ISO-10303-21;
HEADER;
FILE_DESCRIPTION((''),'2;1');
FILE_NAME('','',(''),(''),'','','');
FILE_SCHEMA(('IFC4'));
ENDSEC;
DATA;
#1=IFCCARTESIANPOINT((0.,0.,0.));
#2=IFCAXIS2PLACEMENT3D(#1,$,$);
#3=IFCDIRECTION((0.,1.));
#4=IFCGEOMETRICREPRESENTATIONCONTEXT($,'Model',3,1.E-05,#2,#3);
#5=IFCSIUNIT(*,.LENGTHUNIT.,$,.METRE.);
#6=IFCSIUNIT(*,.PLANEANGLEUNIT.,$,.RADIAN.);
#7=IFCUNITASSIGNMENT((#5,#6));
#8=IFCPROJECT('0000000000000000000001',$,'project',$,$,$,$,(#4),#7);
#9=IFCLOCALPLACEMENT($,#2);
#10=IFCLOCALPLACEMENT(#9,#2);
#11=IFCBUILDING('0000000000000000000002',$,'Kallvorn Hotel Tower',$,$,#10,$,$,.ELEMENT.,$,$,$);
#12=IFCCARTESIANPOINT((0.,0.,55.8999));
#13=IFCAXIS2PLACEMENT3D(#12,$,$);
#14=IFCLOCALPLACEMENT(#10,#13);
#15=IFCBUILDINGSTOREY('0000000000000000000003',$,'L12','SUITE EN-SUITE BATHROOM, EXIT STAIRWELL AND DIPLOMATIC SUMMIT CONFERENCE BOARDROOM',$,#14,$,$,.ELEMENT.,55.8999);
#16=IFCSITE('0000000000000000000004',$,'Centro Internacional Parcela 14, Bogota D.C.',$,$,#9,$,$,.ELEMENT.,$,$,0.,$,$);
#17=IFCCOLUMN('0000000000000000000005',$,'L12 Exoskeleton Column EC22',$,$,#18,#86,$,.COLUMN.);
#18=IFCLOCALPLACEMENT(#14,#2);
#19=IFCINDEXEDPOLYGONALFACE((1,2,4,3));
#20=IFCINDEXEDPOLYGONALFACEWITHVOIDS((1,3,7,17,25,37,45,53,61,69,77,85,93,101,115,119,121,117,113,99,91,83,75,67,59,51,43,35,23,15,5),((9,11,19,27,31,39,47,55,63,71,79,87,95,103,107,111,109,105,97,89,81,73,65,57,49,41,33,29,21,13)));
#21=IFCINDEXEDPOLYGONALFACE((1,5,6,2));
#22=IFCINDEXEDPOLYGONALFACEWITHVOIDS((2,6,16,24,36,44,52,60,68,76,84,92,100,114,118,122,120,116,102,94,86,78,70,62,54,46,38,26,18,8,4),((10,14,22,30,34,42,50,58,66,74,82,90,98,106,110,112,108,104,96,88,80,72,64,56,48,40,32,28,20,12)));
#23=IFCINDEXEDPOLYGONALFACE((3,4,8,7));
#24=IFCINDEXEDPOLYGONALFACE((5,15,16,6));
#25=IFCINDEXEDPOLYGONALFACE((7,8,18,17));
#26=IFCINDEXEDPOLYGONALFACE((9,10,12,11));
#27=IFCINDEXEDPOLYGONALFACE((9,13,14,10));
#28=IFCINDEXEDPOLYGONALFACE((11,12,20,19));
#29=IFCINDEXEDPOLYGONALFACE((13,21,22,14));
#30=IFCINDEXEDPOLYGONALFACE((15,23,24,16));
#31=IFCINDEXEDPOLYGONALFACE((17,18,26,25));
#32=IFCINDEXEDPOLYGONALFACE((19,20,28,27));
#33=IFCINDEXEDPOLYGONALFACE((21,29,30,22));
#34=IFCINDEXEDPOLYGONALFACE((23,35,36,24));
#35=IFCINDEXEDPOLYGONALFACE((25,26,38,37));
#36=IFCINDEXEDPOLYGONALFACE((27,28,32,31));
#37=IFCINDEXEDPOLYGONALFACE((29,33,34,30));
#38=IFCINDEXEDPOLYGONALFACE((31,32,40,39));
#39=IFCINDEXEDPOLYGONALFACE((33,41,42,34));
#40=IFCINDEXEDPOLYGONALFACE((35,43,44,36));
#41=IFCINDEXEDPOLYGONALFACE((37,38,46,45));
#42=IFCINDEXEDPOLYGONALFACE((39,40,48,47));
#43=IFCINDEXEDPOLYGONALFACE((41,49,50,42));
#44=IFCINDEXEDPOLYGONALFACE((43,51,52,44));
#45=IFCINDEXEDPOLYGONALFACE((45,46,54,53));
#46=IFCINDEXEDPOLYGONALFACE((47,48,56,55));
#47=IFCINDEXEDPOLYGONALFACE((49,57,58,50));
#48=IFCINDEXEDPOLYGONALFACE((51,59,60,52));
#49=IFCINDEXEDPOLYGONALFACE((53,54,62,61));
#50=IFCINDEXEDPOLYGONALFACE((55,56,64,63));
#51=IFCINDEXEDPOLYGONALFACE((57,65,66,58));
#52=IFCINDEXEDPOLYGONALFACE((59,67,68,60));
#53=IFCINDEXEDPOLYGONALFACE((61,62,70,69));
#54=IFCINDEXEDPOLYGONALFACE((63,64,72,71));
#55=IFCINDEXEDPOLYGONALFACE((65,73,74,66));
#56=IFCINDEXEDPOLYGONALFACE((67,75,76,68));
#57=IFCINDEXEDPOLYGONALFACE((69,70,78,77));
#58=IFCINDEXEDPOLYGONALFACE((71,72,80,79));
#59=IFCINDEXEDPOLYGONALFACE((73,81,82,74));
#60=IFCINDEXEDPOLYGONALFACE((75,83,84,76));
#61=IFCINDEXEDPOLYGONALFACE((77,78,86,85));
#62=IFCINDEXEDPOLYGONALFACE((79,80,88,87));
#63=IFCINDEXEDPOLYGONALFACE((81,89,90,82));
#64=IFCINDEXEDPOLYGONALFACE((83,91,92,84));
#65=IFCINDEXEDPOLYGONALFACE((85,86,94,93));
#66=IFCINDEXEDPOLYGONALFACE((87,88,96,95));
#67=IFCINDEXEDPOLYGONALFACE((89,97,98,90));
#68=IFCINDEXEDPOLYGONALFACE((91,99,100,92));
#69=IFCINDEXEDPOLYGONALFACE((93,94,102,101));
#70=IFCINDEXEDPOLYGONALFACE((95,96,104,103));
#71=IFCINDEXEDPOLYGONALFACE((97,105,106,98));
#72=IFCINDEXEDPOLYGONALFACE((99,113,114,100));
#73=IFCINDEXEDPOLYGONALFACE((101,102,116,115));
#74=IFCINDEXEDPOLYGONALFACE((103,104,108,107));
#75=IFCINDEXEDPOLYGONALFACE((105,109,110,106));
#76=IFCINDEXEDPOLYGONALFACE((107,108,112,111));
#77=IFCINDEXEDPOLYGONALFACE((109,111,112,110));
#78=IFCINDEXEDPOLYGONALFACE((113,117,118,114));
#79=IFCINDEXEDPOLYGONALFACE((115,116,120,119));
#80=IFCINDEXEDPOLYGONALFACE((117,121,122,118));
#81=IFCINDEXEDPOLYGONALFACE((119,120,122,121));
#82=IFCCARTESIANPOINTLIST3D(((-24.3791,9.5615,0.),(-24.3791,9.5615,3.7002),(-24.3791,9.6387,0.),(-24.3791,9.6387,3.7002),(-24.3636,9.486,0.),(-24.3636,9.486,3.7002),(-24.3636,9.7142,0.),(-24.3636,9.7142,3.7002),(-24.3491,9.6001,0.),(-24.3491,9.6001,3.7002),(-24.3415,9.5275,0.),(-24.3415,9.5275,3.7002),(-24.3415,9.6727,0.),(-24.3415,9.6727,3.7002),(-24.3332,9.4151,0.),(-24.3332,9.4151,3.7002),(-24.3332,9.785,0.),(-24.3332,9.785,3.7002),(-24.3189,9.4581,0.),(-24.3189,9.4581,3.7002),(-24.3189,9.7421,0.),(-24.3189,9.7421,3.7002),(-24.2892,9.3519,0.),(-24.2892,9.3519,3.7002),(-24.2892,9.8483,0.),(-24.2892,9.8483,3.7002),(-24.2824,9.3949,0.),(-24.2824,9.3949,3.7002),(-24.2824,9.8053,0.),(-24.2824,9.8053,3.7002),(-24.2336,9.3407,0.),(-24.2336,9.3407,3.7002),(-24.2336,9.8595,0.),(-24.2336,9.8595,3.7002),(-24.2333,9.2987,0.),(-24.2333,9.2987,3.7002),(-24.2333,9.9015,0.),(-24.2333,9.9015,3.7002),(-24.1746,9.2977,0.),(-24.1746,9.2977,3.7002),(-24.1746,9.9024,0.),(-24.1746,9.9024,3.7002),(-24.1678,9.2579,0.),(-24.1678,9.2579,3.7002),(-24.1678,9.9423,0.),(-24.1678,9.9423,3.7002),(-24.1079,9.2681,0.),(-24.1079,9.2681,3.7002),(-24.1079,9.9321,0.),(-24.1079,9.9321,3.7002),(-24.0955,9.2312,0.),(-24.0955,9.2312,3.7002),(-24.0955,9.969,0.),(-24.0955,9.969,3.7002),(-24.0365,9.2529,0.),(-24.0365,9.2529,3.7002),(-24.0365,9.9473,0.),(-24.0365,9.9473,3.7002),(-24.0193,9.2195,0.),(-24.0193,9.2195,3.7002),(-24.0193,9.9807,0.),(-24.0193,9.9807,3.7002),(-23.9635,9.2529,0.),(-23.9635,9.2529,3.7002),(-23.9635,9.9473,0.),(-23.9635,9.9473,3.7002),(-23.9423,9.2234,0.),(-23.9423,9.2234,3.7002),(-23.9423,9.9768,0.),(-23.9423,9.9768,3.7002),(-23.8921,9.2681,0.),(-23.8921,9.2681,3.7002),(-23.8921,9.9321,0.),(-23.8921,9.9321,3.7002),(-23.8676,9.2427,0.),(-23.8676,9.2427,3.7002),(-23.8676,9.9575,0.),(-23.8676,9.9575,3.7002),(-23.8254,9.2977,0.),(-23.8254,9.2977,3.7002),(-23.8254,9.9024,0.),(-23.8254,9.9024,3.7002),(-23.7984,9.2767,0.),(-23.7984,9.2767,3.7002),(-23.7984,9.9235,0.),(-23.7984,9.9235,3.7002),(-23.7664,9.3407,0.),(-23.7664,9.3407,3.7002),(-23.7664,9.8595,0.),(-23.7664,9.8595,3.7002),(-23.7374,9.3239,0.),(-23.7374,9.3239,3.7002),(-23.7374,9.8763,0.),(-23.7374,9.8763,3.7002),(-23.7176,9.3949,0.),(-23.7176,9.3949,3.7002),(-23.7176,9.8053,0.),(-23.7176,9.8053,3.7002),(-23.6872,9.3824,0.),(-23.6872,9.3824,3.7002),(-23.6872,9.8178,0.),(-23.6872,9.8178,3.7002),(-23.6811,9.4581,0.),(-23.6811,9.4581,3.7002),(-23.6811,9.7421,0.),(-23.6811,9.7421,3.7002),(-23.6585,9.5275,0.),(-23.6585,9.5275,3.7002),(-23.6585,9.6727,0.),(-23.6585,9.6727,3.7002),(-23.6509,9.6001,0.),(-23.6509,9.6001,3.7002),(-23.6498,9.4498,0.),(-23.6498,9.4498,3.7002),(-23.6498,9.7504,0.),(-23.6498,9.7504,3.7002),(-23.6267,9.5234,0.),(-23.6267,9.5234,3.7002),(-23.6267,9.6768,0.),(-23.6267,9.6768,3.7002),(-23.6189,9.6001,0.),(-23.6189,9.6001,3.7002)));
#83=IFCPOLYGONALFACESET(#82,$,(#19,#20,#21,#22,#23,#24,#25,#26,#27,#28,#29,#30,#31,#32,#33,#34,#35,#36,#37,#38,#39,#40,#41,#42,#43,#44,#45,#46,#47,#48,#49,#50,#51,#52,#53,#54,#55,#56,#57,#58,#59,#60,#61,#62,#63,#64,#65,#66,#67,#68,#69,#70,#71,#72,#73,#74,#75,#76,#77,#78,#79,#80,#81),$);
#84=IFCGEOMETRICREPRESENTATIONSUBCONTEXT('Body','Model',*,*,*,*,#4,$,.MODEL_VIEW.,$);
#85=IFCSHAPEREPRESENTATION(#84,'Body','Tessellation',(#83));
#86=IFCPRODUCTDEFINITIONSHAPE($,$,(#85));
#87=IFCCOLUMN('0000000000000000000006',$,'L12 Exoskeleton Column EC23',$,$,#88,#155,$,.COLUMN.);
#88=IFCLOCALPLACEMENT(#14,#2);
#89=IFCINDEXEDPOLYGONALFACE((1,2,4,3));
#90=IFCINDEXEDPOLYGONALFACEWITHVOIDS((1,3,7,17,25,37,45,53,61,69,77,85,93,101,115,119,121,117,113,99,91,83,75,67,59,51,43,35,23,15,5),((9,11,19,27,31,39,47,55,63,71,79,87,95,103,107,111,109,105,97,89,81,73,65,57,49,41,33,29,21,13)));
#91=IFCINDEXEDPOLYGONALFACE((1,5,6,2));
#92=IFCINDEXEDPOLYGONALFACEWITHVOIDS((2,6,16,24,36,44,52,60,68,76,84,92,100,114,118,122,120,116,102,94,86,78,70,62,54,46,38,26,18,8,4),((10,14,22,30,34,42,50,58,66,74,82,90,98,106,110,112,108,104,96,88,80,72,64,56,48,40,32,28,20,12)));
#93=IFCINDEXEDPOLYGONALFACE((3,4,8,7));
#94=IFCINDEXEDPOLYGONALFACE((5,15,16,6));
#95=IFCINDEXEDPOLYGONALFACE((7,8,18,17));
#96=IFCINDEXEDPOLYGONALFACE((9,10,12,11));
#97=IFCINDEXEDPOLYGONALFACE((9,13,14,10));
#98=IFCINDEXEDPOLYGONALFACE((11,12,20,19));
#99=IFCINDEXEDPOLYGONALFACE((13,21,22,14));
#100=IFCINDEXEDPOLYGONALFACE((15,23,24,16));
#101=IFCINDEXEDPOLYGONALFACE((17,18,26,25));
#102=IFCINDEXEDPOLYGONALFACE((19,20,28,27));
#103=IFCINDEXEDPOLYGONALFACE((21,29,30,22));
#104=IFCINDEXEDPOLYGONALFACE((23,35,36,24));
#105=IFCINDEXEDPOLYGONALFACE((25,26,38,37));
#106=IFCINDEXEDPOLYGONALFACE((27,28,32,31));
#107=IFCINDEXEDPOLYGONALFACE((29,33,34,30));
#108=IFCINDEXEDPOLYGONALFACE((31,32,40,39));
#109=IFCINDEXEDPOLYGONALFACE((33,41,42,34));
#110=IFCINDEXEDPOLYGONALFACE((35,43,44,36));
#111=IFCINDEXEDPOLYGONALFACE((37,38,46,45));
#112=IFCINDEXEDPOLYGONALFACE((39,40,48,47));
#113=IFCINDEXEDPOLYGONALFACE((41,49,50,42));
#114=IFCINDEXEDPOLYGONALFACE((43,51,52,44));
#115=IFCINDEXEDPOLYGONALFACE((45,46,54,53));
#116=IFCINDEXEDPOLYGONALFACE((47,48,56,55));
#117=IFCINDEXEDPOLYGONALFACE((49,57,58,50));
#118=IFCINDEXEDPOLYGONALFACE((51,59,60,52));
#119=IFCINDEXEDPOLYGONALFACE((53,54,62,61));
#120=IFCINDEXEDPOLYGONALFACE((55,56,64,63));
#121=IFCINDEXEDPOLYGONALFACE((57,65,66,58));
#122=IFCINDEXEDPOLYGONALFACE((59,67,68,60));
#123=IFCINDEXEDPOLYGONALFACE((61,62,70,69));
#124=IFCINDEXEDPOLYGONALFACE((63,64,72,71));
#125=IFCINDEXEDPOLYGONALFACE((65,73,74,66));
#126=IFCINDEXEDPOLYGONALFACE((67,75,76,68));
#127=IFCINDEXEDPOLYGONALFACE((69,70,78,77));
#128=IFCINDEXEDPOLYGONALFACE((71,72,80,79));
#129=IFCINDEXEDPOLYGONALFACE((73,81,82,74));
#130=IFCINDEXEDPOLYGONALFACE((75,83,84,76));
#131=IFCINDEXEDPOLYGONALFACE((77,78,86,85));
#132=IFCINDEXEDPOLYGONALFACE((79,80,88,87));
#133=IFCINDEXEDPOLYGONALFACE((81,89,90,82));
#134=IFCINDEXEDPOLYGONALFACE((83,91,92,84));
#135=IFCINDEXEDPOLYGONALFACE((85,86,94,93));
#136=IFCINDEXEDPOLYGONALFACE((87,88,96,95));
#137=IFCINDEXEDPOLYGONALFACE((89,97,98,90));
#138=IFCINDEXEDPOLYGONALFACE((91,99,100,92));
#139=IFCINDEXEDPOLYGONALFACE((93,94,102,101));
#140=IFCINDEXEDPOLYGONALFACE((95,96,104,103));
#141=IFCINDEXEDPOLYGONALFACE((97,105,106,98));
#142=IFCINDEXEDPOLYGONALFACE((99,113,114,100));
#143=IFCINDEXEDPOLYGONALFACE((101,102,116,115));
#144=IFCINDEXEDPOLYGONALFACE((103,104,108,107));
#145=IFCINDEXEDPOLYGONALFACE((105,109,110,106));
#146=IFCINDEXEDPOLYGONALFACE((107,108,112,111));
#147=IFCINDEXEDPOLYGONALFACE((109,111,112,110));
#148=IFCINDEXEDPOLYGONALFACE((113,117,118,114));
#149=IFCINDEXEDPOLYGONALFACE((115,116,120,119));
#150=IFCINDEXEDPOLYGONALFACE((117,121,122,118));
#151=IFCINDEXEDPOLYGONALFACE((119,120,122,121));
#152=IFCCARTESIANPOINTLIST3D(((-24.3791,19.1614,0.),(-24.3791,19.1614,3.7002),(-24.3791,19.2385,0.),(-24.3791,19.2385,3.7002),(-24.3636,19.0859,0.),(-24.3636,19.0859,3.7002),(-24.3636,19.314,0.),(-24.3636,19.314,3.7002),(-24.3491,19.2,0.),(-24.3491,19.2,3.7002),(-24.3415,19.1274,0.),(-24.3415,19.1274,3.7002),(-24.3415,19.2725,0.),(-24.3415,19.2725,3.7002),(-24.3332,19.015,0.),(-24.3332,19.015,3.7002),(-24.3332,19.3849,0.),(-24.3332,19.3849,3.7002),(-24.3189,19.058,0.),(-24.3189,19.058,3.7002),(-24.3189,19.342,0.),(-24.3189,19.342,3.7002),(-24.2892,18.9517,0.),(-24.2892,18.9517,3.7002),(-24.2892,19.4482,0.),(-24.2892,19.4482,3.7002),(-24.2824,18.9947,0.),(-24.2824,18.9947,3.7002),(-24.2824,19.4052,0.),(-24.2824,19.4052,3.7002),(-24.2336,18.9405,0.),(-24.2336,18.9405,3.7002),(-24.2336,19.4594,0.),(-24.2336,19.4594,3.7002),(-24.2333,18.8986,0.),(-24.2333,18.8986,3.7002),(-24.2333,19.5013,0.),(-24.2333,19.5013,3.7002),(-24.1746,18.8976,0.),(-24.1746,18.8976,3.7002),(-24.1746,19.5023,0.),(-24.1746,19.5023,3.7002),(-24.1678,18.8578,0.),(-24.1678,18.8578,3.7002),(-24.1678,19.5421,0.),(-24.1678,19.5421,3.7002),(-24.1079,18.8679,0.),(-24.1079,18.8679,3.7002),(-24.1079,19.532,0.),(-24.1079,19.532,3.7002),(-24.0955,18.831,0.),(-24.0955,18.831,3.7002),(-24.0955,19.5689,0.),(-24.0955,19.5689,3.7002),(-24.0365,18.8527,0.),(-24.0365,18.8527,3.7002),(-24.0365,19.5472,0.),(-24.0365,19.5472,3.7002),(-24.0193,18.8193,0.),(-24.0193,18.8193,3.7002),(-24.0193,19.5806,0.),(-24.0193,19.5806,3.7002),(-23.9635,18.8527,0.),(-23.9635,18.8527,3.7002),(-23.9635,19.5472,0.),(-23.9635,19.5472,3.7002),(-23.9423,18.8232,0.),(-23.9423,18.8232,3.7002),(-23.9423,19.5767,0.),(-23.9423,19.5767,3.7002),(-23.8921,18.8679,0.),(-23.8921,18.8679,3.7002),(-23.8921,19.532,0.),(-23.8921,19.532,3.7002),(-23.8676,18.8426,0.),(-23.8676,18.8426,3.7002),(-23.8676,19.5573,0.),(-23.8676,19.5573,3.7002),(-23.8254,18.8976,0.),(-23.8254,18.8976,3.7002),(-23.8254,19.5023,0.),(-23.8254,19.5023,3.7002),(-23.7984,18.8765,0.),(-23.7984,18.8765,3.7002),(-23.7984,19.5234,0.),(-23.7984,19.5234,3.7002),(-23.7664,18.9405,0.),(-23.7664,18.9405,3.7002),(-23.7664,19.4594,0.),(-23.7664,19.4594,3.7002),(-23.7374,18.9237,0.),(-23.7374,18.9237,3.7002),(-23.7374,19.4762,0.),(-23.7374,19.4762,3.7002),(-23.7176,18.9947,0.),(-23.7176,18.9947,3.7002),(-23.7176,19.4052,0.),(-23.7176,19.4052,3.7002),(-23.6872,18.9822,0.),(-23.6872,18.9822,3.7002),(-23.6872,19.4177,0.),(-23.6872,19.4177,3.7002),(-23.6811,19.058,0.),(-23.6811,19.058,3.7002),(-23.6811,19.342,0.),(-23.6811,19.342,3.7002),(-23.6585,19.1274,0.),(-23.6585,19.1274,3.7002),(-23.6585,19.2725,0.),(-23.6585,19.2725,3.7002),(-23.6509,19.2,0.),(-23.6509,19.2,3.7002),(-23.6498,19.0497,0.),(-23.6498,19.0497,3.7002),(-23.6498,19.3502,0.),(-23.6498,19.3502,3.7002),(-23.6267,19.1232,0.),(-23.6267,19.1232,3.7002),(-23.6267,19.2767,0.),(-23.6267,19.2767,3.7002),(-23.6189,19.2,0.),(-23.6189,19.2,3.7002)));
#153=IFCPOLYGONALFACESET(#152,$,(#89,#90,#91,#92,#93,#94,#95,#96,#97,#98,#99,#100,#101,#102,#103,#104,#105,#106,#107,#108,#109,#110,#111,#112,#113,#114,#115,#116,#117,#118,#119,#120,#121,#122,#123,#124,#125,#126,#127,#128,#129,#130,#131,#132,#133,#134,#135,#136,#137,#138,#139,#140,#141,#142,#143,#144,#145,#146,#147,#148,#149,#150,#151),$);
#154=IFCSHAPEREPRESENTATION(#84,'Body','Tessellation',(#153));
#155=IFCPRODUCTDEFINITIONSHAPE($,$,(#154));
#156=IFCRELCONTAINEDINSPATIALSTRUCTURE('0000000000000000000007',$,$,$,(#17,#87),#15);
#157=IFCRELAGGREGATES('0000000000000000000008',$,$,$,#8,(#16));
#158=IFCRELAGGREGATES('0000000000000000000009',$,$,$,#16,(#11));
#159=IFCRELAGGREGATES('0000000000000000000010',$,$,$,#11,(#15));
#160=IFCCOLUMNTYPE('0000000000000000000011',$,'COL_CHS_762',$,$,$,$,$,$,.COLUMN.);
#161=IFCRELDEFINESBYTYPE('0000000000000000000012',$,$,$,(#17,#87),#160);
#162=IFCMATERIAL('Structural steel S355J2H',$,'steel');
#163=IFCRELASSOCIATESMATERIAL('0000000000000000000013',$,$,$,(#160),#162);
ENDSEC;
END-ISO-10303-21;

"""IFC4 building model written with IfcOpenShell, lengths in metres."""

from ifc_helpers import new_model, si_unit, direction, frame, origin, origin_2d, place, context, subcontext, project, spatial, hollow_circle, extrude, material, material_profile, profile_set, type_object, element, save


model = new_model("IFC4")

# Units and contexts
model_context = context("Model", 3, precision=1e-05, world=origin(), true_north=direction((0.0, 1.0)))
body_context = subcontext(model_context, "Body", "Model", "MODEL_VIEW")
ifc_project = project(units=[si_unit("LENGTHUNIT", "METRE"), si_unit("PLANEANGLEUNIT", "RADIAN")], contexts=[model_context])

# Site, building, storey
site_placement = place(None, origin())
site = spatial("IfcSite", under=ifc_project, at=site_placement, Name="Centro Internacional Parcela 14, Bogota D.C.", CompositionType="ELEMENT", RefElevation=0.0)
building_placement = place(site_placement, origin())
building = spatial("IfcBuilding", under=site, at=building_placement, Name="Kallvorn Hotel Tower", CompositionType="ELEMENT")
storey_placement = place(building_placement, frame((0.0, 0.0, 55.8999)))
storey = spatial("IfcBuildingStorey", under=building, at=storey_placement, Name="L12", Description="SUITE EN-SUITE BATHROOM, EXIT STAIRWELL AND DIPLOMATIC SUMMIT CONFERENCE BOARDROOM", CompositionType="ELEMENT", Elevation=55.8999)

# Columns
ifc_material_1 = material(Name="Structural steel S355J2H", Category="steel")
ifc_material_profile_1 = material_profile(ifc_material_1, hollow_circle(Radius=0.3811, WallThickness=0.032, at=origin_2d()), Name="CHS 762x32")
ifc_profile_set_1 = profile_set([ifc_material_profile_1], Name="Structural steel S355J2H")
column_type_1 = type_object("IfcColumnType", Name="COL_CHS_762", PredefinedType="COLUMN", material=ifc_profile_set_1)
for number, where, z_axis, x_axis, name in (
    (1, (-24.0, 9.6001, 0.0), (0.0, 0.0, 1.0), (1.0, 0.0, 0.0), "L12 Exoskeleton Column EC22"),
    (2, (-24.0, 19.2, 0.0), (0.0, 0.0, 1.0), (1.0, 0.0, 0.0), "L12 Exoskeleton Column EC23"),
):
    element("IfcColumn", number, at=place(storey_placement, frame(where, z_axis=z_axis, x_axis=x_axis)), inside=storey, type_object=column_type_1, Name=name, PredefinedType="COLUMN", context=body_context, shape_type="SweptSolid", body=[
        extrude(hollow_circle(Radius=0.3811, WallThickness=0.032, at=origin_2d()), origin(), (0.0, 0.0, 1.0), 3.7002),
    ])

save(model, "model.ifc")
